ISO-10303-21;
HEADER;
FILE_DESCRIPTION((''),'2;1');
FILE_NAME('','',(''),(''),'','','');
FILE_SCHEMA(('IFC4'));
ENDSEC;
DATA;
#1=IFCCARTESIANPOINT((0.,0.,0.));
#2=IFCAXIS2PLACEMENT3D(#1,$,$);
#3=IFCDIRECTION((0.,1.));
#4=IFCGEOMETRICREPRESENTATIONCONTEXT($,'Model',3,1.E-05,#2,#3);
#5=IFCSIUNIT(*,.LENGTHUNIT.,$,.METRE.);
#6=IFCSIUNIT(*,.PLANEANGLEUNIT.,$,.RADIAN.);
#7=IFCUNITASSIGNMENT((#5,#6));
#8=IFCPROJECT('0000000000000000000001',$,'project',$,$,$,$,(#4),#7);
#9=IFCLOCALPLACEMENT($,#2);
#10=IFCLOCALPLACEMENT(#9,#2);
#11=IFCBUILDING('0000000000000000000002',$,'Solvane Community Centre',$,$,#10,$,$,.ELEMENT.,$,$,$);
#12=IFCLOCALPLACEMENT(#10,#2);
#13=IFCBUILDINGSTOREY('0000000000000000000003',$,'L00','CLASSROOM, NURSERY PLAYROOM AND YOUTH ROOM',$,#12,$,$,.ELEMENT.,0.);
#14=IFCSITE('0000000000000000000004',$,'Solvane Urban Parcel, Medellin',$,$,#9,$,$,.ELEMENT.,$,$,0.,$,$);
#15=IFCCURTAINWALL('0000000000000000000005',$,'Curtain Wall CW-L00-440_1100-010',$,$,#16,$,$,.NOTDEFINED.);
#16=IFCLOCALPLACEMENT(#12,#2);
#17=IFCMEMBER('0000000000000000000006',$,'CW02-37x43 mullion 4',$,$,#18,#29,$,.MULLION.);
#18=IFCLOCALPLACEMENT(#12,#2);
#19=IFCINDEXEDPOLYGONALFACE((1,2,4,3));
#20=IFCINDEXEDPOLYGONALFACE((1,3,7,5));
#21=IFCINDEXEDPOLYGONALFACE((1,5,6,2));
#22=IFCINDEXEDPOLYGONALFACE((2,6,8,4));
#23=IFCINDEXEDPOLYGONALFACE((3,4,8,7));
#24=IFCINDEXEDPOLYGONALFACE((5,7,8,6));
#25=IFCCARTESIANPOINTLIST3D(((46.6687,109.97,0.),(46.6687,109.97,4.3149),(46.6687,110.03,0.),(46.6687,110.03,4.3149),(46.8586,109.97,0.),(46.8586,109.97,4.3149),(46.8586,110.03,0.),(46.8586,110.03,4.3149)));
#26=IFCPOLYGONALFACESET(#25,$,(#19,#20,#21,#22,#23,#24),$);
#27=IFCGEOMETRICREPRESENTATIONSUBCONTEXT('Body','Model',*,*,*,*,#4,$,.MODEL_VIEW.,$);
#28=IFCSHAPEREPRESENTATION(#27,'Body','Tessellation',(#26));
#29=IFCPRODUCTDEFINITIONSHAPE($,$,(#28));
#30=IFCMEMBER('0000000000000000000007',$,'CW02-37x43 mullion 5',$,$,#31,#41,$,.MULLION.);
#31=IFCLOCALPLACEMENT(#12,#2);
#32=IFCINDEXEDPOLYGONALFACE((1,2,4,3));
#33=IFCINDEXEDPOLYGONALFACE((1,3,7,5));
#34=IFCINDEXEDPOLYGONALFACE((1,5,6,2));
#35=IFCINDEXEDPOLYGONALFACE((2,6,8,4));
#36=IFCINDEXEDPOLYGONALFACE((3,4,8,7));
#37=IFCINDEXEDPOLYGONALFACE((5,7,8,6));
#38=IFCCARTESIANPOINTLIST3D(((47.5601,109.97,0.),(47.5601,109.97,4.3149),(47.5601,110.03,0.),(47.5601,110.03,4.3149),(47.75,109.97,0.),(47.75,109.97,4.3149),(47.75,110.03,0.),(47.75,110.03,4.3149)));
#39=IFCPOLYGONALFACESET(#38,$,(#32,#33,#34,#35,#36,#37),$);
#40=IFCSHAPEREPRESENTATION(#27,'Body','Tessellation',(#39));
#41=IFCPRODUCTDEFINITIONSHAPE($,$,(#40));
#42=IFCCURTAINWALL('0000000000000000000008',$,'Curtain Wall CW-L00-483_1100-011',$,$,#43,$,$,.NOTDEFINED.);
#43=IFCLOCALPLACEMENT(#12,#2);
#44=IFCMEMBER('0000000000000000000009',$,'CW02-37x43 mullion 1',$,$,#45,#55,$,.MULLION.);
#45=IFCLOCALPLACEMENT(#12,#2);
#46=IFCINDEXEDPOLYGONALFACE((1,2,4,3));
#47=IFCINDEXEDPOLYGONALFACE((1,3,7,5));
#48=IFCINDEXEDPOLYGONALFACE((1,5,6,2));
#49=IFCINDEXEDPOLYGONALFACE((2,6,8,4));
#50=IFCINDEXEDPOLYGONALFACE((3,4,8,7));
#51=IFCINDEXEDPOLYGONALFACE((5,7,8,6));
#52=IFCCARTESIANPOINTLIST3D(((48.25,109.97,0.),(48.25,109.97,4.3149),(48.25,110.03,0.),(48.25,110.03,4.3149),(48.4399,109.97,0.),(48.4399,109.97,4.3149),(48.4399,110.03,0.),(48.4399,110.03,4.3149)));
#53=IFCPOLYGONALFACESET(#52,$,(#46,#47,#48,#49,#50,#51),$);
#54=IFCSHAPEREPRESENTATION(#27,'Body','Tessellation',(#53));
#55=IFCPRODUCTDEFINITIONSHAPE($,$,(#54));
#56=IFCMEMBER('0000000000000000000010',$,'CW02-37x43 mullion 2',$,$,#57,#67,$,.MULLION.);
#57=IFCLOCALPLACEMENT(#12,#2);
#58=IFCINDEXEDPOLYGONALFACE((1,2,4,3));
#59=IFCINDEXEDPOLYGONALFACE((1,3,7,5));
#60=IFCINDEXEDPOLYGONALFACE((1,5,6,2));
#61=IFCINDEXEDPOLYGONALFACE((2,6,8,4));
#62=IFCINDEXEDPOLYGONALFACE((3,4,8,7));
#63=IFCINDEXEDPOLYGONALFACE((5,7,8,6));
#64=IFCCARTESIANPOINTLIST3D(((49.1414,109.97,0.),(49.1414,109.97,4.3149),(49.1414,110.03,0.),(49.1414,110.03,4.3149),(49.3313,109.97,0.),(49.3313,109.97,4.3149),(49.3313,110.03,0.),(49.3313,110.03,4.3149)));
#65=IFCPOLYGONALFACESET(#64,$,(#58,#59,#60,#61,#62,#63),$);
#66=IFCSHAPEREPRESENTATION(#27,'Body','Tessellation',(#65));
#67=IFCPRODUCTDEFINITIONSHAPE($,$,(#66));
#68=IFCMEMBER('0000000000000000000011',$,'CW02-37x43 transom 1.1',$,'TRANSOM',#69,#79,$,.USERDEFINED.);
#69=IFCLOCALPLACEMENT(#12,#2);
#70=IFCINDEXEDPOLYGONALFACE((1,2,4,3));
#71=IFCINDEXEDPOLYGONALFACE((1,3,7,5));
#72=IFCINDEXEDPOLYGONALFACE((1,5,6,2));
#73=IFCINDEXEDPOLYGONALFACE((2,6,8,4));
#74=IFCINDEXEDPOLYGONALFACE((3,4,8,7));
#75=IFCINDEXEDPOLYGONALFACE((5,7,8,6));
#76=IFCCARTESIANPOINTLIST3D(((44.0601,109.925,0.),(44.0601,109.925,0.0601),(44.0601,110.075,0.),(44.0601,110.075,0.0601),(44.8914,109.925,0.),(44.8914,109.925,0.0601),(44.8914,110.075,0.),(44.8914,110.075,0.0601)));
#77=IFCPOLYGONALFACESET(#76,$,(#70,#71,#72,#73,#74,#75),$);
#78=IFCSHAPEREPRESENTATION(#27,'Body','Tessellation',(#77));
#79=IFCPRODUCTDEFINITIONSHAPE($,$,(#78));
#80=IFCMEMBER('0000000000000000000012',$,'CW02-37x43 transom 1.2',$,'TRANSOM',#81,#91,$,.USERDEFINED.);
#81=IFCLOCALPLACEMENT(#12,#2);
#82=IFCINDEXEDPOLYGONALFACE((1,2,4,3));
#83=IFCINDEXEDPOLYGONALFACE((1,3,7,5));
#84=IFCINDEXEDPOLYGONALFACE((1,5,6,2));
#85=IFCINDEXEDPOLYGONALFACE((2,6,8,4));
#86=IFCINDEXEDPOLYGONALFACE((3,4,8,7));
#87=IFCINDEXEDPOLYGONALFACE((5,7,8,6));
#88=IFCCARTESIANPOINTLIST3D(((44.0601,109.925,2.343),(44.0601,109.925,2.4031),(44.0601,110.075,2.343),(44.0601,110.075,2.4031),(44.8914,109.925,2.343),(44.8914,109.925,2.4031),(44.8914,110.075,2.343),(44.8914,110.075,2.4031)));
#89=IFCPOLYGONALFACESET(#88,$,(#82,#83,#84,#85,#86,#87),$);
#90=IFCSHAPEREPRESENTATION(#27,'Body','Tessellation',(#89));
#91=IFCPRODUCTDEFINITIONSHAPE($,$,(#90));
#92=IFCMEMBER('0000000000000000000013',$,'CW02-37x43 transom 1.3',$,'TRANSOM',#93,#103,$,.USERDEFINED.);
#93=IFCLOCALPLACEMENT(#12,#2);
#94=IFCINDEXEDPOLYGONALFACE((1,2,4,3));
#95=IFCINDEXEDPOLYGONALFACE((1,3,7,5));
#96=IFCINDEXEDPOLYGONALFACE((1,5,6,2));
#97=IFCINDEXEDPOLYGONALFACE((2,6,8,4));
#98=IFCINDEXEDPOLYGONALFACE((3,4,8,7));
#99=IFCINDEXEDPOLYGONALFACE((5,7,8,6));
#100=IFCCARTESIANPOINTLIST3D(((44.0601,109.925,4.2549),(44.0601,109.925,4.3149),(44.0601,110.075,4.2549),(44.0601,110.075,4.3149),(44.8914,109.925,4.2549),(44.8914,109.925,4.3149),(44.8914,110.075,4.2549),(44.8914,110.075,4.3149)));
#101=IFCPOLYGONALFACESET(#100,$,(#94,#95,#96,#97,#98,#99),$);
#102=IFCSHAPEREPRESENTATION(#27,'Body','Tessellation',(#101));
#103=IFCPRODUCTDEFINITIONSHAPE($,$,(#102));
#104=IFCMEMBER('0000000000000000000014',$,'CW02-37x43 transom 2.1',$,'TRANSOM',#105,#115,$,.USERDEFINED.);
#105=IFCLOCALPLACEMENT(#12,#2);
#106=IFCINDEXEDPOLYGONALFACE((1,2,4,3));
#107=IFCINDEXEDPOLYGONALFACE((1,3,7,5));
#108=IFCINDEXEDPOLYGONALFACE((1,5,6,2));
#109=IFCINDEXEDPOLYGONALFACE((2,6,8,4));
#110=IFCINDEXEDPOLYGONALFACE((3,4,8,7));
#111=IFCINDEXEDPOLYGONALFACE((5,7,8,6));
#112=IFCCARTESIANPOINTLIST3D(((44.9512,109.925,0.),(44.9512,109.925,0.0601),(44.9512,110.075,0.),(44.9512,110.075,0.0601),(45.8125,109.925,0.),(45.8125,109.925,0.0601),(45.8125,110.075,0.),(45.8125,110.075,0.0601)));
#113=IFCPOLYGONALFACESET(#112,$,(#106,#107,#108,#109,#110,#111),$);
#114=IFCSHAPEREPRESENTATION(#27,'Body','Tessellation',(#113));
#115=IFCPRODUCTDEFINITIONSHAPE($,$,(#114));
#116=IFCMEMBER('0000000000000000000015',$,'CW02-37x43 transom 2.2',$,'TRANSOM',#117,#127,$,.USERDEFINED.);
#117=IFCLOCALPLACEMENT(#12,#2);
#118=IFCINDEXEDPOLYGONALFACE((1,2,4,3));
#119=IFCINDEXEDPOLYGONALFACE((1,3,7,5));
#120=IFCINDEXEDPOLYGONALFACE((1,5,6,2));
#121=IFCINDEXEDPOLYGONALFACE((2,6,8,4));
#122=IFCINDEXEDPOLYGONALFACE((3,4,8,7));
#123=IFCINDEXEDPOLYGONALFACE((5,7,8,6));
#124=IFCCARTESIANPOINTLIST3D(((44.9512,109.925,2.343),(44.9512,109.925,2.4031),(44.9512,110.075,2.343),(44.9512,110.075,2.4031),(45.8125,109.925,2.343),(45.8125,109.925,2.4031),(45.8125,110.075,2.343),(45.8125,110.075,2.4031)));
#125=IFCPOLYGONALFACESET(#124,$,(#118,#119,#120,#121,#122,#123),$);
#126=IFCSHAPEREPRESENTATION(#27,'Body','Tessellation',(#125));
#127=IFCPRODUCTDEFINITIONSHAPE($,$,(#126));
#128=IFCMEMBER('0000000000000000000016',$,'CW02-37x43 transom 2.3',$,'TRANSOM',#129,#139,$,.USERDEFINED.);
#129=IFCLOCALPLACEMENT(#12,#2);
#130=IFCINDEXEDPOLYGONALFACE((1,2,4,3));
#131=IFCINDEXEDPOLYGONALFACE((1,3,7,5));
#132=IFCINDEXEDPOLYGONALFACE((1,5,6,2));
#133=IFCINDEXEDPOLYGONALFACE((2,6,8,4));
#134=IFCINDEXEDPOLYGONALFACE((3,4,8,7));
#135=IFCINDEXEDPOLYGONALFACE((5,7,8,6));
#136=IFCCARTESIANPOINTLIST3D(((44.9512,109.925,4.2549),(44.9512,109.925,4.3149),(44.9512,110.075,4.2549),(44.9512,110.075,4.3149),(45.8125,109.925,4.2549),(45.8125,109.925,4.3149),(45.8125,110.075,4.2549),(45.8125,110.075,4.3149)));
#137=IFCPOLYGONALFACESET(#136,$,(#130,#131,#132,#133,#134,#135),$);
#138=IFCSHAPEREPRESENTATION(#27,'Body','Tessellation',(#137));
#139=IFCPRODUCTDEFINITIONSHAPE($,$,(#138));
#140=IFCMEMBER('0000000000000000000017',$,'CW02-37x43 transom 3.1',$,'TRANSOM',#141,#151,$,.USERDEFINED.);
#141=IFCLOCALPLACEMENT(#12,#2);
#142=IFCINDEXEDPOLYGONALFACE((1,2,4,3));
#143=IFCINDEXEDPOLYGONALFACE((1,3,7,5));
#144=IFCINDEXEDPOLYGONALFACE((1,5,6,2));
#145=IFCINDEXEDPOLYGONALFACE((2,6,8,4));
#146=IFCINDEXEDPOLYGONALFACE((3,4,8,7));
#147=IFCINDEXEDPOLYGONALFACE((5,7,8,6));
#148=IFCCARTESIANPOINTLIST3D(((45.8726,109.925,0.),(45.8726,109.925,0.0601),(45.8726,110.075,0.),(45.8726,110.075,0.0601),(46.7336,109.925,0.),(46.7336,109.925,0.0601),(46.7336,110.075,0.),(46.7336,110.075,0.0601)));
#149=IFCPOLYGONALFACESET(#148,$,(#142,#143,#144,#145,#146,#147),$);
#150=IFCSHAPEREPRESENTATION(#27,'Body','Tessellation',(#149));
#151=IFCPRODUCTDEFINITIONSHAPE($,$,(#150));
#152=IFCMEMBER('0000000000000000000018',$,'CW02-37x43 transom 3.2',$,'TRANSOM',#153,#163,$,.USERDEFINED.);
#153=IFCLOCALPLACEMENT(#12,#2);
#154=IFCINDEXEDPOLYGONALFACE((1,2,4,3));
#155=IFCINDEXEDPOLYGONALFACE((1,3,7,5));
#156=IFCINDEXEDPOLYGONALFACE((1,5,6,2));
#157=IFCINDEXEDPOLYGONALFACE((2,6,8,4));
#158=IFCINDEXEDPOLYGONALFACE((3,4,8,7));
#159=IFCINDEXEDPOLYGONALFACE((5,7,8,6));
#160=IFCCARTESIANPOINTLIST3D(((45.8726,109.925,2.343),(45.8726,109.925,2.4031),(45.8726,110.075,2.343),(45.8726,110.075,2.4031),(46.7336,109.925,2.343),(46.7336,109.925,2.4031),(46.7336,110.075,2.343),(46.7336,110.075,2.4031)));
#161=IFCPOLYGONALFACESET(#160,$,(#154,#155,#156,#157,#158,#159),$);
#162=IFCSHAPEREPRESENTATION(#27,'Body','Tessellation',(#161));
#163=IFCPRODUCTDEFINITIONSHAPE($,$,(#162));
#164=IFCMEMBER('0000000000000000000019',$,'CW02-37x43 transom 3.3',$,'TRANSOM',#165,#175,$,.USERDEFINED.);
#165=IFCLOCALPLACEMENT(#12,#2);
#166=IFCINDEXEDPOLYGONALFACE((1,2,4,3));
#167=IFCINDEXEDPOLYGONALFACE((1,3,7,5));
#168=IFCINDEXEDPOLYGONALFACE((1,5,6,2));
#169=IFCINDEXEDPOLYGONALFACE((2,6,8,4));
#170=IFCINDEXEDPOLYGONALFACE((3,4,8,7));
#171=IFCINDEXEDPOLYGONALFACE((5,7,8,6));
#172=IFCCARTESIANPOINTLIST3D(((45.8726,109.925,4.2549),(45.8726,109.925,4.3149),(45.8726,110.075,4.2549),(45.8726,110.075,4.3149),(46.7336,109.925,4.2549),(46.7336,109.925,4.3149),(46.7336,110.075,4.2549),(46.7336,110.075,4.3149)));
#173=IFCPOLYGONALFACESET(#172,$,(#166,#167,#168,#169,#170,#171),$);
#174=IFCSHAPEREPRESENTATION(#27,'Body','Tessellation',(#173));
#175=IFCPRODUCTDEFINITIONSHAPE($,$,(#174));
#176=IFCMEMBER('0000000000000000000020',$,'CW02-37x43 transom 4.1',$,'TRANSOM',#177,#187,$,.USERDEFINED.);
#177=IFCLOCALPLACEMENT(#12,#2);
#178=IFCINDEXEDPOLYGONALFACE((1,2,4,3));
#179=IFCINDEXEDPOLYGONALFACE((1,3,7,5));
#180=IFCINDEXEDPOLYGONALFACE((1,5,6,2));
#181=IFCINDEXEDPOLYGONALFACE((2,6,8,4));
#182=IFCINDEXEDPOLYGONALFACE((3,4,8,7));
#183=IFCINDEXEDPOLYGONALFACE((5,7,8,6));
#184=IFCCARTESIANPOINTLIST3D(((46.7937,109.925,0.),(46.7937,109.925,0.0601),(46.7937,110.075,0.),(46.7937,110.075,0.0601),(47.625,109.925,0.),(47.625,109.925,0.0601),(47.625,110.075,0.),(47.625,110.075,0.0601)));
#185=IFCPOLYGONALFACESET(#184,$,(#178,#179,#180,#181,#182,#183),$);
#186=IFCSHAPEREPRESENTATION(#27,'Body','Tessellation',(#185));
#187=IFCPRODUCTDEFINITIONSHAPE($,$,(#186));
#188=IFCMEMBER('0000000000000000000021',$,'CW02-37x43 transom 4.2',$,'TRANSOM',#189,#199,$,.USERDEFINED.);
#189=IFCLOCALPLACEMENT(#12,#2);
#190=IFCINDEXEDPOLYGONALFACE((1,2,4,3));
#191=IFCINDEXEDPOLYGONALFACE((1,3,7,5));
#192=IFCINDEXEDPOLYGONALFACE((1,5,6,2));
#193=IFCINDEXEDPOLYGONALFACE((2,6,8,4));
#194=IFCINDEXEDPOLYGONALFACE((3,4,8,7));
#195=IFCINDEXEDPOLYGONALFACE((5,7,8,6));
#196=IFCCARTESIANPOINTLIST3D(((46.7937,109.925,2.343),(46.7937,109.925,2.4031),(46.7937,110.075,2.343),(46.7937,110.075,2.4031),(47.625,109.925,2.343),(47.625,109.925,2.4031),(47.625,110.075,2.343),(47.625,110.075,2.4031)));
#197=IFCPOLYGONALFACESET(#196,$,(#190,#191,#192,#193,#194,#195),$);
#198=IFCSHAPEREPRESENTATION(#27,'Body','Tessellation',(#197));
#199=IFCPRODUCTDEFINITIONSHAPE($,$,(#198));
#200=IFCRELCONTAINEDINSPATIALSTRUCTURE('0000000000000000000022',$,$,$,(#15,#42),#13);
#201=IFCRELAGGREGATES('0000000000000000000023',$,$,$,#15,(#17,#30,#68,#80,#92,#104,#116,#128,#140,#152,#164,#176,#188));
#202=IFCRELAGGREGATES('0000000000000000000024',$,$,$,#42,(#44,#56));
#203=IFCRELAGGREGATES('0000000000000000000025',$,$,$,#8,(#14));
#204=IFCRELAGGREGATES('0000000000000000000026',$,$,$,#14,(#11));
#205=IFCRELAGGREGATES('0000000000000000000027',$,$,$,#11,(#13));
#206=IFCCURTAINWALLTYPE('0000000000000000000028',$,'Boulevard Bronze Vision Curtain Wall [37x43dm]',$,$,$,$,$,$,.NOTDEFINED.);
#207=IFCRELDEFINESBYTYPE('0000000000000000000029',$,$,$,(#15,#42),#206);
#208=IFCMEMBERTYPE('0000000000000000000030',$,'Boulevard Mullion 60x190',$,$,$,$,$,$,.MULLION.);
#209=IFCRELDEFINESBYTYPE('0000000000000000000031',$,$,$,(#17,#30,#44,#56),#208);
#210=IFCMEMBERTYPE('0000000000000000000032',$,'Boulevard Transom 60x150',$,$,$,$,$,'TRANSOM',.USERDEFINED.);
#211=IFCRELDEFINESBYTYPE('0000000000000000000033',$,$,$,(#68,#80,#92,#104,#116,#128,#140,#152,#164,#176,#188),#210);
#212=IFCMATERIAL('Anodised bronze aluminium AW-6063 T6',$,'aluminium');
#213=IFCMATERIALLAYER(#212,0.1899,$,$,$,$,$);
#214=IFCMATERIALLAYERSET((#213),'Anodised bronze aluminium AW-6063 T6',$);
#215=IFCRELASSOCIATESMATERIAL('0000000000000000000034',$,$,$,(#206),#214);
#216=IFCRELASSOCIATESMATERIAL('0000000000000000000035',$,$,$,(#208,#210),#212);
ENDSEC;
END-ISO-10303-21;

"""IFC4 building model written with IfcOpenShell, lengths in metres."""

from ifc_helpers import new_model, si_unit, direction, frame, origin, origin_2d, place, context, subcontext, project, spatial, rectangle, extrude, material, layer, layer_set, material_profile, profile_set, type_object, element, aggregate, save


model = new_model("IFC4")

# Units and contexts
model_context = context("Model", 3, precision=1e-05, world=origin(), true_north=direction((0.0, 1.0)))
body_context = subcontext(model_context, "Body", "Model", "MODEL_VIEW")
ifc_project = project(units=[si_unit("LENGTHUNIT", "METRE"), si_unit("PLANEANGLEUNIT", "RADIAN")], contexts=[model_context])

# Site, building, storey
site_placement = place(None, origin())
site = spatial("IfcSite", under=ifc_project, at=site_placement, Name="Solvane Urban Parcel, Medellin", CompositionType="ELEMENT", RefElevation=0.0)
building_placement = place(site_placement, origin())
building = spatial("IfcBuilding", under=site, at=building_placement, Name="Solvane Community Centre", CompositionType="ELEMENT")
storey_placement = place(building_placement, origin())
storey = spatial("IfcBuildingStorey", under=building, at=storey_placement, Name="L00", Description="CLASSROOM, NURSERY PLAYROOM AND YOUTH ROOM", CompositionType="ELEMENT", Elevation=0.0)

# Curtain walls, members
ifc_material_1 = material(Name="Anodised bronze aluminium AW-6063 T6", Category="aluminium")
ifc_layer_1 = layer(ifc_material_1, 0.1899)
ifc_layer_set_1 = layer_set([ifc_layer_1], Name="Anodised bronze aluminium AW-6063 T6")
curtain_wall_type = type_object("IfcCurtainWallType", Name="Boulevard Bronze Vision Curtain Wall [37x43dm]", PredefinedType="NOTDEFINED", material=ifc_layer_set_1)
curtain_wall_1_placement = place(storey_placement, origin())
curtain_wall_1 = element("IfcCurtainWall", 1, at=curtain_wall_1_placement, inside=storey, type_object=curtain_wall_type, Name="Curtain Wall CW-L00-440_1100-010", PredefinedType="NOTDEFINED")
ifc_material_profile_1 = material_profile(ifc_material_1, rectangle(XDim=0.0601, YDim=0.1899, at=origin_2d()), Name="CW-M 60x190")
ifc_profile_set_1 = profile_set([ifc_material_profile_1], Name="Anodised bronze aluminium AW-6063 T6")
member_type_1 = type_object("IfcMemberType", Name="Boulevard Mullion 60x190", PredefinedType="MULLION", material=ifc_profile_set_1)
member_1_placement = place(storey_placement, frame((46.7637, 110.0, 0.0), z_axis=(0.0, 0.0, 1.0), x_axis=(0.0, 1.0, 0.0)))
member_1 = element("IfcMember", 2, at=member_1_placement, type_object=member_type_1, Name="CW02-37x43 mullion 4", PredefinedType="MULLION", context=body_context, shape_type="SweptSolid", body=[
    extrude(rectangle(XDim=0.0601, YDim=0.1899, at=origin_2d()), origin(), (0.0, 0.0, 1.0), 4.3149),
])
member_2_placement = place(storey_placement, frame((47.655, 110.0, 0.0), z_axis=(0.0, 0.0, 1.0), x_axis=(0.0, 1.0, 0.0)))
member_2 = element("IfcMember", 3, at=member_2_placement, type_object=member_type_1, Name="CW02-37x43 mullion 5", PredefinedType="MULLION", context=body_context, shape_type="SweptSolid", body=[
    extrude(rectangle(XDim=0.0601, YDim=0.1899, at=origin_2d()), origin(), (0.0, 0.0, 1.0), 4.3149),
])
curtain_wall_2_placement = place(storey_placement, origin())
curtain_wall_2 = element("IfcCurtainWall", 4, at=curtain_wall_2_placement, inside=storey, type_object=curtain_wall_type, Name="Curtain Wall CW-L00-483_1100-011", PredefinedType="NOTDEFINED")
member_3_placement = place(storey_placement, frame((48.345, 110.0, 0.0), z_axis=(0.0, 0.0, 1.0), x_axis=(0.0, 1.0, 0.0)))
member_3 = element("IfcMember", 5, at=member_3_placement, type_object=member_type_1, Name="CW02-37x43 mullion 1", PredefinedType="MULLION", context=body_context, shape_type="SweptSolid", body=[
    extrude(rectangle(XDim=0.0601, YDim=0.1899, at=origin_2d()), origin(), (0.0, 0.0, 1.0), 4.3149),
])
member_4_placement = place(storey_placement, frame((49.2363, 110.0, 0.0), z_axis=(0.0, 0.0, 1.0), x_axis=(0.0, 1.0, 0.0)))
member_4 = element("IfcMember", 6, at=member_4_placement, type_object=member_type_1, Name="CW02-37x43 mullion 2", PredefinedType="MULLION", context=body_context, shape_type="SweptSolid", body=[
    extrude(rectangle(XDim=0.0601, YDim=0.1899, at=origin_2d()), origin(), (0.0, 0.0, 1.0), 4.3149),
])

# Members
ifc_material_profile_2 = material_profile(ifc_material_1, rectangle(XDim=0.1499, YDim=0.0601, at=origin_2d()), Name="CW-T 60x150")
ifc_profile_set_2 = profile_set([ifc_material_profile_2], Name="Anodised bronze aluminium AW-6063 T6")
member_type_2 = type_object("IfcMemberType", Name="Boulevard Transom 60x150", ElementType="TRANSOM", PredefinedType="USERDEFINED", material=ifc_profile_set_2)
member_5_placement = place(storey_placement, frame((44.0601, 110.0, 0.03), z_axis=(1.0, 0.0, 0.0), x_axis=(0.0, 1.0, 0.0)))
member_5 = element("IfcMember", 7, at=member_5_placement, type_object=member_type_2, Name="CW02-37x43 transom 1.1", ObjectType="TRANSOM", PredefinedType="USERDEFINED", context=body_context, shape_type="SweptSolid", body=[
    extrude(rectangle(XDim=0.1499, YDim=0.0601, at=origin_2d()), origin(), (0.0, 0.0, 1.0), 0.8313),
])
member_6_placement = place(storey_placement, frame((44.0601, 110.0, 2.373), z_axis=(1.0, 0.0, 0.0), x_axis=(0.0, 1.0, 0.0)))
member_6 = element("IfcMember", 8, at=member_6_placement, type_object=member_type_2, Name="CW02-37x43 transom 1.2", ObjectType="TRANSOM", PredefinedType="USERDEFINED", context=body_context, shape_type="SweptSolid", body=[
    extrude(rectangle(XDim=0.1499, YDim=0.0601, at=origin_2d()), origin(), (0.0, 0.0, 1.0), 0.8313),
])
member_7_placement = place(storey_placement, frame((44.0601, 110.0, 4.2849), z_axis=(1.0, 0.0, 0.0), x_axis=(0.0, 1.0, 0.0)))
member_7 = element("IfcMember", 9, at=member_7_placement, type_object=member_type_2, Name="CW02-37x43 transom 1.3", ObjectType="TRANSOM", PredefinedType="USERDEFINED", context=body_context, shape_type="SweptSolid", body=[
    extrude(rectangle(XDim=0.1499, YDim=0.0601, at=origin_2d()), origin(), (0.0, 0.0, 1.0), 0.8313),
])
member_8_placement = place(storey_placement, frame((44.9512, 110.0, 0.03), z_axis=(1.0, 0.0, 0.0), x_axis=(0.0, 1.0, 0.0)))
member_8 = element("IfcMember", 10, at=member_8_placement, type_object=member_type_2, Name="CW02-37x43 transom 2.1", ObjectType="TRANSOM", PredefinedType="USERDEFINED", context=body_context, shape_type="SweptSolid", body=[
    extrude(rectangle(XDim=0.1499, YDim=0.0601, at=origin_2d()), origin(), (0.0, 0.0, 1.0), 0.8613),
])
member_9_placement = place(storey_placement, frame((44.9512, 110.0, 2.373), z_axis=(1.0, 0.0, 0.0), x_axis=(0.0, 1.0, 0.0)))
member_9 = element("IfcMember", 11, at=member_9_placement, type_object=member_type_2, Name="CW02-37x43 transom 2.2", ObjectType="TRANSOM", PredefinedType="USERDEFINED", context=body_context, shape_type="SweptSolid", body=[
    extrude(rectangle(XDim=0.1499, YDim=0.0601, at=origin_2d()), origin(), (0.0, 0.0, 1.0), 0.8613),
])
member_10_placement = place(storey_placement, frame((44.9512, 110.0, 4.2849), z_axis=(1.0, 0.0, 0.0), x_axis=(0.0, 1.0, 0.0)))
member_10 = element("IfcMember", 12, at=member_10_placement, type_object=member_type_2, Name="CW02-37x43 transom 2.3", ObjectType="TRANSOM", PredefinedType="USERDEFINED", context=body_context, shape_type="SweptSolid", body=[
    extrude(rectangle(XDim=0.1499, YDim=0.0601, at=origin_2d()), origin(), (0.0, 0.0, 1.0), 0.8613),
])
member_11_placement = place(storey_placement, frame((45.8726, 110.0, 0.03), z_axis=(1.0, 0.0, 0.0), x_axis=(0.0, 1.0, 0.0)))
member_11 = element("IfcMember", 13, at=member_11_placement, type_object=member_type_2, Name="CW02-37x43 transom 3.1", ObjectType="TRANSOM", PredefinedType="USERDEFINED", context=body_context, shape_type="SweptSolid", body=[
    extrude(rectangle(XDim=0.1499, YDim=0.0601, at=origin_2d()), origin(), (0.0, 0.0, 1.0), 0.8611),
])
member_12_placement = place(storey_placement, frame((45.8726, 110.0, 2.373), z_axis=(1.0, 0.0, 0.0), x_axis=(0.0, 1.0, 0.0)))
member_12 = element("IfcMember", 14, at=member_12_placement, type_object=member_type_2, Name="CW02-37x43 transom 3.2", ObjectType="TRANSOM", PredefinedType="USERDEFINED", context=body_context, shape_type="SweptSolid", body=[
    extrude(rectangle(XDim=0.1499, YDim=0.0601, at=origin_2d()), origin(), (0.0, 0.0, 1.0), 0.8611),
])
member_13_placement = place(storey_placement, frame((45.8726, 110.0, 4.2849), z_axis=(1.0, 0.0, 0.0), x_axis=(0.0, 1.0, 0.0)))
member_13 = element("IfcMember", 15, at=member_13_placement, type_object=member_type_2, Name="CW02-37x43 transom 3.3", ObjectType="TRANSOM", PredefinedType="USERDEFINED", context=body_context, shape_type="SweptSolid", body=[
    extrude(rectangle(XDim=0.1499, YDim=0.0601, at=origin_2d()), origin(), (0.0, 0.0, 1.0), 0.8611),
])
member_14_placement = place(storey_placement, frame((46.7937, 110.0, 0.03), z_axis=(1.0, 0.0, 0.0), x_axis=(0.0, 1.0, 0.0)))
member_14 = element("IfcMember", 16, at=member_14_placement, type_object=member_type_2, Name="CW02-37x43 transom 4.1", ObjectType="TRANSOM", PredefinedType="USERDEFINED", context=body_context, shape_type="SweptSolid", body=[
    extrude(rectangle(XDim=0.1499, YDim=0.0601, at=origin_2d()), origin(), (0.0, 0.0, 1.0), 0.8313),
])
member_15_placement = place(storey_placement, frame((46.7937, 110.0, 2.373), z_axis=(1.0, 0.0, 0.0), x_axis=(0.0, 1.0, 0.0)))
member_15 = element("IfcMember", 17, at=member_15_placement, type_object=member_type_2, Name="CW02-37x43 transom 4.2", ObjectType="TRANSOM", PredefinedType="USERDEFINED", context=body_context, shape_type="SweptSolid", body=[
    extrude(rectangle(XDim=0.1499, YDim=0.0601, at=origin_2d()), origin(), (0.0, 0.0, 1.0), 0.8313),
])

aggregate(curtain_wall_1, [member_1, member_2, member_5, member_6, member_7, member_8, member_9, member_10, member_11, member_12, member_13, member_14, member_15])
aggregate(curtain_wall_2, [member_3, member_4])

save(model, "model.ifc")
